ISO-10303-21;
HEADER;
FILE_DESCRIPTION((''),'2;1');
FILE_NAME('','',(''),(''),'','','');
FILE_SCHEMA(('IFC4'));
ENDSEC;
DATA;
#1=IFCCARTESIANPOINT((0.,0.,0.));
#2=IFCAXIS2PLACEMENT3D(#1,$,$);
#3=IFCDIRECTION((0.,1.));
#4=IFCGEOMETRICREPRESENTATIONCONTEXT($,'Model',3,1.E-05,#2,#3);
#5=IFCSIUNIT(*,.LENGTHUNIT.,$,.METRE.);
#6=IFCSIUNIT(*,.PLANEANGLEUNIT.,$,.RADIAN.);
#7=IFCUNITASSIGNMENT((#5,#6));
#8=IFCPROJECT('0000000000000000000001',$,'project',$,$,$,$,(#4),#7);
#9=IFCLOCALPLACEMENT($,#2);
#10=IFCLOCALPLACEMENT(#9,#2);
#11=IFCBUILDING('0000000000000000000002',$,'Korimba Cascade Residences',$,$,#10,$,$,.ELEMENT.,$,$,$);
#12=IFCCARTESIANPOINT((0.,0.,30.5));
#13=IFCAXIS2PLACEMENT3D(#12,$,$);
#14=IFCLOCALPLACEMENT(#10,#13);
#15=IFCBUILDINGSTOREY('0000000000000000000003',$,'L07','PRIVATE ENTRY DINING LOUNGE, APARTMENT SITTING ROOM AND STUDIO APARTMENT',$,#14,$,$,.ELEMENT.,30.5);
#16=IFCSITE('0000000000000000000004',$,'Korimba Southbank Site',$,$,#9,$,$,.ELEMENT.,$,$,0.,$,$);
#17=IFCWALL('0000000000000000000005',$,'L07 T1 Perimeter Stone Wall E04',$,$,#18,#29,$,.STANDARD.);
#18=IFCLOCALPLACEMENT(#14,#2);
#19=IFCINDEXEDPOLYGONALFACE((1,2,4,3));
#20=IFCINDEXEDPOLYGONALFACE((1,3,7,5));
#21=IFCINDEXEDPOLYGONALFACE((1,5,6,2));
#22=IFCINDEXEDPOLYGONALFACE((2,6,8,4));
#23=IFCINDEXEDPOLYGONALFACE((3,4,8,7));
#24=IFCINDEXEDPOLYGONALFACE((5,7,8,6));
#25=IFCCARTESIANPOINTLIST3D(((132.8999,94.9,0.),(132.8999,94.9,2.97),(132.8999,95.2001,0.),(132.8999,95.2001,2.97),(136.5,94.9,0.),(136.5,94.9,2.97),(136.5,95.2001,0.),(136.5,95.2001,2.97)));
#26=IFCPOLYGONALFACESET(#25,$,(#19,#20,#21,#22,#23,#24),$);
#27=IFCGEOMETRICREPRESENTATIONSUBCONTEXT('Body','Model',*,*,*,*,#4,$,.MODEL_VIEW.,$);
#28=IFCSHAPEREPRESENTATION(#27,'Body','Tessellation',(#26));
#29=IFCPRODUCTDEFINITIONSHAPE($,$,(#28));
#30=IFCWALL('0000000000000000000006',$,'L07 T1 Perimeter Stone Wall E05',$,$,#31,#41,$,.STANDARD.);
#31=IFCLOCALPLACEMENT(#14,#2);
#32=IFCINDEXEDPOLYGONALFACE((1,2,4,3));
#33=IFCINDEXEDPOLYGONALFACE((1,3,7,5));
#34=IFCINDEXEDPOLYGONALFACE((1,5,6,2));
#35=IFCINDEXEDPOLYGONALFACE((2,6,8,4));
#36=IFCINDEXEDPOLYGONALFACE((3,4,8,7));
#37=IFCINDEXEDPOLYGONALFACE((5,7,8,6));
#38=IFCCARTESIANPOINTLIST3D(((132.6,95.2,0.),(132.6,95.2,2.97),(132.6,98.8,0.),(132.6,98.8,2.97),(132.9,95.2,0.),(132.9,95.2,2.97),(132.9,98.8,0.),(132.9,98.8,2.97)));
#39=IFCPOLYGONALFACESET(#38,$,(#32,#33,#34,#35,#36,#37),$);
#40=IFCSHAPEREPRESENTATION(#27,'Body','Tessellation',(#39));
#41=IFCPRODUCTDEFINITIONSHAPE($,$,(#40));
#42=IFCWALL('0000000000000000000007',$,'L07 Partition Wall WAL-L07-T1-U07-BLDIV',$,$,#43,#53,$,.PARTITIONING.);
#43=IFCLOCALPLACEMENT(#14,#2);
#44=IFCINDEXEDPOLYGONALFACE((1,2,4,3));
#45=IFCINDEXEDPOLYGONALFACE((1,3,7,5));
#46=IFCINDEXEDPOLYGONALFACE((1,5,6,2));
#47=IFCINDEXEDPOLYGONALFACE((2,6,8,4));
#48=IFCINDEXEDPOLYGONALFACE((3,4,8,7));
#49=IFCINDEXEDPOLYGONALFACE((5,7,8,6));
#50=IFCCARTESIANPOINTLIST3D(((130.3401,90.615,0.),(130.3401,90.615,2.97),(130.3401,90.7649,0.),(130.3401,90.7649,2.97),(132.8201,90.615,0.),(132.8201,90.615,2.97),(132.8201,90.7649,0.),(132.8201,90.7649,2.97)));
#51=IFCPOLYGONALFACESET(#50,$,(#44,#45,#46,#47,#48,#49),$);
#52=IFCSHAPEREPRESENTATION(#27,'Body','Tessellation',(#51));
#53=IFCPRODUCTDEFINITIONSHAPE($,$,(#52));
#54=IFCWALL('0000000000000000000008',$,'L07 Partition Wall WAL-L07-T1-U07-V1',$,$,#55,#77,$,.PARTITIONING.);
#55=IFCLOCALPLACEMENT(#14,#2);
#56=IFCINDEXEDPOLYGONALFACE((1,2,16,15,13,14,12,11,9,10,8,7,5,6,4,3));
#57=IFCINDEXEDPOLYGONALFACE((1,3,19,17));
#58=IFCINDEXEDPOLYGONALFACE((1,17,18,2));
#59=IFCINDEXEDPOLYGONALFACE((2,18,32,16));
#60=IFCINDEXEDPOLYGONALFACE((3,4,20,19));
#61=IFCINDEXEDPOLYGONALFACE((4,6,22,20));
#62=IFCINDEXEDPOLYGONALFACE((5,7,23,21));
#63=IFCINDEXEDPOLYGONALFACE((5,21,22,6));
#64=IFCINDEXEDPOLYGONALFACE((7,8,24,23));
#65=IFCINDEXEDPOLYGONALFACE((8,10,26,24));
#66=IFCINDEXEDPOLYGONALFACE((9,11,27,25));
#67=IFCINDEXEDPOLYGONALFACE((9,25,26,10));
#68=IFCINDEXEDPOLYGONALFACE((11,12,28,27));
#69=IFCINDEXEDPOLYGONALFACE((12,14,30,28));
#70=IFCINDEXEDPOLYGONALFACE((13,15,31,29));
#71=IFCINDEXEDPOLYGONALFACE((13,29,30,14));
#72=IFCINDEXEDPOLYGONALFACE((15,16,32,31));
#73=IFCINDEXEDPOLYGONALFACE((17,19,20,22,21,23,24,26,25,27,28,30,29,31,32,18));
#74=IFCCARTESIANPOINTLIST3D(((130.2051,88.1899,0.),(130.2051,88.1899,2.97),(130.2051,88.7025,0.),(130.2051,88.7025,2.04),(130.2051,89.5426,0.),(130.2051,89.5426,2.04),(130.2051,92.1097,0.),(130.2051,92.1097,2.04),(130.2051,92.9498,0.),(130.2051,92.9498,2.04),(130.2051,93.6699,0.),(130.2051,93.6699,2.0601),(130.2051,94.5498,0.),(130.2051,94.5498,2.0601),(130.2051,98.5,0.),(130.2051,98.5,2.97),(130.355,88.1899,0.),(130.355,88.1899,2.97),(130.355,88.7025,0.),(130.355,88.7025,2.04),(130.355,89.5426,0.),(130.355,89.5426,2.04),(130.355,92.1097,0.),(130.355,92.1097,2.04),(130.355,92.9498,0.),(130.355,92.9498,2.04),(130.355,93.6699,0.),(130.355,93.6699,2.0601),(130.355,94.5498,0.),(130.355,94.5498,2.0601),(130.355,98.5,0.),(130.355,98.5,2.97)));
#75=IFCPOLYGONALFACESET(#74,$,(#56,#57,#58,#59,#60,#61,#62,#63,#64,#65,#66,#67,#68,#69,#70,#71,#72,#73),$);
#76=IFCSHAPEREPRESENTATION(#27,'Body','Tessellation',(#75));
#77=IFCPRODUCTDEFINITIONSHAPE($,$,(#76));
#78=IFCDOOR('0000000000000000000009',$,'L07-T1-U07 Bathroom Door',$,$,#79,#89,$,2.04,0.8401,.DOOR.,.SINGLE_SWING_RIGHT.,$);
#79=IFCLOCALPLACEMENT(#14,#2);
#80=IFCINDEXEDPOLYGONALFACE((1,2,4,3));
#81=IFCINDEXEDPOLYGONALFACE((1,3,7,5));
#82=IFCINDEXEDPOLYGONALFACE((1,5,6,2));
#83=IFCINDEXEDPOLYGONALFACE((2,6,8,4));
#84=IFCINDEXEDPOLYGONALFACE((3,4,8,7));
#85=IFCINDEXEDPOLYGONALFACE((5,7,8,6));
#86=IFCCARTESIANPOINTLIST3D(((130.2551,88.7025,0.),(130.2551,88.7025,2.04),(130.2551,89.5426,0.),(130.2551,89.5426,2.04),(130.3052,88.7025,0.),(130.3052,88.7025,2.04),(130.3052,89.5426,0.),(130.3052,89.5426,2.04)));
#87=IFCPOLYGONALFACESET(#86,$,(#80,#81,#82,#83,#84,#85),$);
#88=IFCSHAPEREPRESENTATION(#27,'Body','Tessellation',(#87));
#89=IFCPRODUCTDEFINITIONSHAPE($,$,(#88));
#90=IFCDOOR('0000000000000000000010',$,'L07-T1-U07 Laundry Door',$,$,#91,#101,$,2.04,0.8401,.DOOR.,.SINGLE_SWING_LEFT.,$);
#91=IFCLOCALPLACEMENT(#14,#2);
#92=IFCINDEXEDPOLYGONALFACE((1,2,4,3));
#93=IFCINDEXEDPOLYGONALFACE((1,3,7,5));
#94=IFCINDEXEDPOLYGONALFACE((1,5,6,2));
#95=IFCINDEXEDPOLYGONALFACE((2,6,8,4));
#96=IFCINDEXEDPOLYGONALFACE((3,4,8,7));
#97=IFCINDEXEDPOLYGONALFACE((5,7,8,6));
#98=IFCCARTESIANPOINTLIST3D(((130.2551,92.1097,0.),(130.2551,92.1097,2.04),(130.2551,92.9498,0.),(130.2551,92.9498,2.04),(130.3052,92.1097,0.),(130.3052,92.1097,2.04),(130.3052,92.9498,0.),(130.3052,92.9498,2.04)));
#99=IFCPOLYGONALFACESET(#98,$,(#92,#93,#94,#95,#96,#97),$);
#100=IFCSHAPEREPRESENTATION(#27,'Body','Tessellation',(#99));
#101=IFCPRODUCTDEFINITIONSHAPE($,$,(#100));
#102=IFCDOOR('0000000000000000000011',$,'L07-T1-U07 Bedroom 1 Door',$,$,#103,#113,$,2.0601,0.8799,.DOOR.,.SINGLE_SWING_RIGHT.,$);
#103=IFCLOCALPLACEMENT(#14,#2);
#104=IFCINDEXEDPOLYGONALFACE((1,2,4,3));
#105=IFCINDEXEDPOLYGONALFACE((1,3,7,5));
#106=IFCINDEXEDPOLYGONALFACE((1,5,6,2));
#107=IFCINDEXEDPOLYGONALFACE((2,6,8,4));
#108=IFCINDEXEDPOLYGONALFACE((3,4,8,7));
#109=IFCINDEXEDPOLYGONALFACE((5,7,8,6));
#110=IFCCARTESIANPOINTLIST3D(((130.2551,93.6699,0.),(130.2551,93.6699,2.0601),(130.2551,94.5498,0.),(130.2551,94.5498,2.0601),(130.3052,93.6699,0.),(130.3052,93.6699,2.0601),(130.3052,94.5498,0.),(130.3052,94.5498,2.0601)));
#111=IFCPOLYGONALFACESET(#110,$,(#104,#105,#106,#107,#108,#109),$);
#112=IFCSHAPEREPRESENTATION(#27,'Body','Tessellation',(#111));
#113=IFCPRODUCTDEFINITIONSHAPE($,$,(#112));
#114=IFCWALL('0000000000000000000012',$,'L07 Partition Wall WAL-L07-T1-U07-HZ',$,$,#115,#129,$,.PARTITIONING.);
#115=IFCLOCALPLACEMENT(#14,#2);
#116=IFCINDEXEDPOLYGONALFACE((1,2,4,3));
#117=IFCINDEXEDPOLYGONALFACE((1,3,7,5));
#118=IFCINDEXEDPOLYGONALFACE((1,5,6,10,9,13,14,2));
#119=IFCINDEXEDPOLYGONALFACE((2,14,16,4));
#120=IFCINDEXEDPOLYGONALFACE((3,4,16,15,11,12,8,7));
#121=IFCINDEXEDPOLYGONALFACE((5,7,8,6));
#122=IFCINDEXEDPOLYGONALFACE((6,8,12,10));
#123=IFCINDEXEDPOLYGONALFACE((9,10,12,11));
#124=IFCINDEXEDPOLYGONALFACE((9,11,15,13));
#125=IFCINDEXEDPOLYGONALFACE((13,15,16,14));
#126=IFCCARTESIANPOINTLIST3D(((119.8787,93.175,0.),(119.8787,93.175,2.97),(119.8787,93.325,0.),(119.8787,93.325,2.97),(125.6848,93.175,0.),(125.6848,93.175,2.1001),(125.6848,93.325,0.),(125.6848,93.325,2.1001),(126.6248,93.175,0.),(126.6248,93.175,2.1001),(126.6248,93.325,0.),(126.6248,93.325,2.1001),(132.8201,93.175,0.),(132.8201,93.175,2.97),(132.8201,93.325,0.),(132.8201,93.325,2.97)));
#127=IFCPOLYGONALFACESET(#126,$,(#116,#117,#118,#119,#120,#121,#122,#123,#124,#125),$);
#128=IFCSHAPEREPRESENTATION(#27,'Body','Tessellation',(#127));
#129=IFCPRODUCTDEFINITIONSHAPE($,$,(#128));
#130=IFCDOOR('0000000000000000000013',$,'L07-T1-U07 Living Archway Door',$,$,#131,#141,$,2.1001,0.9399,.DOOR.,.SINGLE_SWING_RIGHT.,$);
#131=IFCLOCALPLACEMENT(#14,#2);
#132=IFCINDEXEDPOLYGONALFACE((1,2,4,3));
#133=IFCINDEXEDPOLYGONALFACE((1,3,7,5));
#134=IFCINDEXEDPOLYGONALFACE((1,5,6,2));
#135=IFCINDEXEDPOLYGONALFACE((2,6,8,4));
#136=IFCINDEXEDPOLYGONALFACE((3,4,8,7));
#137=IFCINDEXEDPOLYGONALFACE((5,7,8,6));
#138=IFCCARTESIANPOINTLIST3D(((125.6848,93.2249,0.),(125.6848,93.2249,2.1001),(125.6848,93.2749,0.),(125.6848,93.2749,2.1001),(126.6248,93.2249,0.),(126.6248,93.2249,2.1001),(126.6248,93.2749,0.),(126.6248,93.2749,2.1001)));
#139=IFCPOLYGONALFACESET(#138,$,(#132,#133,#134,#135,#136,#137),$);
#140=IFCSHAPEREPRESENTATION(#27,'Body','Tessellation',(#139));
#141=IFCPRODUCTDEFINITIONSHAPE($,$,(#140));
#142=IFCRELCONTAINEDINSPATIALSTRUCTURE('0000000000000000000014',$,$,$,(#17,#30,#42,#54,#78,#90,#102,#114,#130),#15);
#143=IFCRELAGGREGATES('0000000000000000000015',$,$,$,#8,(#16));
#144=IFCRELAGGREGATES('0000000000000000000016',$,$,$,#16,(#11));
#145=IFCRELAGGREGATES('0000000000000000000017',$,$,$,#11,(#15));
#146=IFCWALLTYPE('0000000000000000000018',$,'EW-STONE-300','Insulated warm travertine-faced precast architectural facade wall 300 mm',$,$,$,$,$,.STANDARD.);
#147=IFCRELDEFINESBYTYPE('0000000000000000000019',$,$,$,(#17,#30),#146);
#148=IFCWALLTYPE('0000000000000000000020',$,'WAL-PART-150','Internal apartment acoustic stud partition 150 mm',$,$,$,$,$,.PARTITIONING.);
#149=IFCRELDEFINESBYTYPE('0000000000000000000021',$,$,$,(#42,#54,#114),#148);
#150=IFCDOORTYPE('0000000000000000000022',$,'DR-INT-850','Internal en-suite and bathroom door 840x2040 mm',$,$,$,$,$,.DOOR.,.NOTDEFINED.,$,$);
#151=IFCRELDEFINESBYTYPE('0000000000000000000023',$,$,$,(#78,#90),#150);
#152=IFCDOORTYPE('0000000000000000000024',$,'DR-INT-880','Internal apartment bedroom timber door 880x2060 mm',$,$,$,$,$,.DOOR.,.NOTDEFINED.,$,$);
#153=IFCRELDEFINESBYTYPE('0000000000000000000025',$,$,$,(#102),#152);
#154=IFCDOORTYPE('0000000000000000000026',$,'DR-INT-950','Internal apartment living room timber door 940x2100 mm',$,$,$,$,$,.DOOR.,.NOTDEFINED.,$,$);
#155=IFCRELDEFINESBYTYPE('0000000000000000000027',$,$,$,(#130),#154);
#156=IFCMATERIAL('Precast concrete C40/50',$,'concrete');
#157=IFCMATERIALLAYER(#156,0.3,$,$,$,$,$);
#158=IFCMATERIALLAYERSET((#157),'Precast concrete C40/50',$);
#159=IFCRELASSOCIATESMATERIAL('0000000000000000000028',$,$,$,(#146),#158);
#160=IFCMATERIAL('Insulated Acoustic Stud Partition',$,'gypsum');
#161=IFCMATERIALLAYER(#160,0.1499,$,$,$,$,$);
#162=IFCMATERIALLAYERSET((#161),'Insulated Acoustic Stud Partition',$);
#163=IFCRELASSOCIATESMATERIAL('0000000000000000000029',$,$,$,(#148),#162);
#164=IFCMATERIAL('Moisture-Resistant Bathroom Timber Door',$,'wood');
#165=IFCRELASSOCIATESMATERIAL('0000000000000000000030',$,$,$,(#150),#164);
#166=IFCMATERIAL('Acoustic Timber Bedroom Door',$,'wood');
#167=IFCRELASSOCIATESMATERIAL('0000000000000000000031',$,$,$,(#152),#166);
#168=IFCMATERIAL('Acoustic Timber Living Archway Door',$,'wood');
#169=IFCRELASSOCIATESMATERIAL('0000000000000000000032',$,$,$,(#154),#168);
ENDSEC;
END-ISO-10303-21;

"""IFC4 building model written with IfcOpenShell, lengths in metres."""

from ifc_helpers import new_model, si_unit, direction, frame, frame_2d, origin, place, context, subcontext, project, spatial, rectangle, extrude, material, layer, layer_set, type_object, element, fill, save


model = new_model("IFC4")

# Units and contexts
model_context = context("Model", 3, precision=1e-05, world=origin(), true_north=direction((0.0, 1.0)))
body_context = subcontext(model_context, "Body", "Model", "MODEL_VIEW")
ifc_project = project(units=[si_unit("LENGTHUNIT", "METRE"), si_unit("PLANEANGLEUNIT", "RADIAN")], contexts=[model_context])

# Site, building, storey
site_placement = place(None, origin())
site = spatial("IfcSite", under=ifc_project, at=site_placement, Name="Korimba Southbank Site", CompositionType="ELEMENT", RefElevation=0.0)
building_placement = place(site_placement, origin())
building = spatial("IfcBuilding", under=site, at=building_placement, Name="Korimba Cascade Residences", CompositionType="ELEMENT")
storey_placement = place(building_placement, frame((0.0, 0.0, 30.5)))
storey = spatial("IfcBuildingStorey", under=building, at=storey_placement, Name="L07", Description="PRIVATE ENTRY DINING LOUNGE, APARTMENT SITTING ROOM AND STUDIO APARTMENT", CompositionType="ELEMENT", Elevation=30.5)

# Shared definitions
ifc_material_1 = material(Name="Precast concrete C40/50", Category="concrete")

# Walls
ifc_layer_1 = layer(ifc_material_1, 0.3)
ifc_layer_set_1 = layer_set([ifc_layer_1], Name="Precast concrete C40/50")
wall_type_1 = type_object("IfcWallType", Name="EW-STONE-300", Description="Insulated warm travertine-faced precast architectural facade wall 300 mm", PredefinedType="STANDARD", material=ifc_layer_set_1)
for number, where, z_axis, x_axis, name in (
    (1, (136.5, 95.05, 0.0), (0.0, 0.0, 1.0), (-1.0, 0.0, 0.0), "L07 T1 Perimeter Stone Wall E04"),
    (2, (132.75, 95.2, 0.0), (0.0, 0.0, 1.0), (0.0, 1.0, 0.0), "L07 T1 Perimeter Stone Wall E05"),
):
    element("IfcWall", number, at=place(storey_placement, frame(where, z_axis=z_axis, x_axis=x_axis)), inside=storey, type_object=wall_type_1, Name=name, PredefinedType="STANDARD", context=body_context, shape_type="SweptSolid", body=[
        extrude(rectangle(XDim=3.6001, YDim=0.3, at=frame_2d((1.8, 0.0))), origin(), (0.0, 0.0, 1.0), 2.97),
    ])
ifc_material_2 = material(Name="Insulated Acoustic Stud Partition", Category="gypsum")
ifc_layer_2 = layer(ifc_material_2, 0.1499)
ifc_layer_set_2 = layer_set([ifc_layer_2], Name="Insulated Acoustic Stud Partition")
wall_type_2 = type_object("IfcWallType", Name="WAL-PART-150", Description="Internal apartment acoustic stud partition 150 mm", PredefinedType="PARTITIONING", material=ifc_layer_set_2)
wall_1_placement = place(storey_placement, frame((130.3401, 90.6899, 0.0), z_axis=(0.0, 0.0, 1.0), x_axis=(1.0, 0.0, 0.0)))
element("IfcWall", 3, at=wall_1_placement, inside=storey, type_object=wall_type_2, Name="L07 Partition Wall WAL-L07-T1-U07-BLDIV", PredefinedType="PARTITIONING", context=body_context, shape_type="SweptSolid", body=[
    extrude(rectangle(XDim=2.48, YDim=0.1499, at=frame_2d((1.24, 0.0))), origin(), (0.0, 0.0, 1.0), 2.97),
])

# Wall, openings, doors
wall_2_placement = place(storey_placement, frame((130.28, 88.1899, 0.0), z_axis=(0.0, 0.0, 1.0), x_axis=(0.0, 1.0, 0.0)))
wall_2 = element("IfcWall", 4, at=wall_2_placement, inside=storey, type_object=wall_type_2, Name="L07 Partition Wall WAL-L07-T1-U07-V1", PredefinedType="PARTITIONING", context=body_context, shape_type="SweptSolid", body=[
    extrude(rectangle(XDim=10.3101, YDim=0.1499, at=frame_2d((5.155, 0.0))), origin(), (0.0, 0.0, 1.0), 2.97),
])
opening_1_placement = place(wall_2_placement, frame((0.5127, 0.0, 0.0)))
opening_1 = element("IfcOpeningElement", 5, at=opening_1_placement, cuts=wall_2, PredefinedType="OPENING", context=body_context, shape_type="SweptSolid", body=[
    extrude(rectangle(XDim=0.8401, YDim=2.04, at=frame_2d((0.4199, 1.02))), frame((0.0, 0.085, 0.0), z_axis=(0.0, -1.0, 0.0), x_axis=(1.0, 0.0, 0.0)), (0.0, 0.0, 1.0), 0.1699),
])
opening_2_placement = place(wall_2_placement, frame((3.9199, 0.0, 0.0)))
opening_2 = element("IfcOpeningElement", 6, at=opening_2_placement, cuts=wall_2, PredefinedType="OPENING", context=body_context, shape_type="SweptSolid", body=[
    extrude(rectangle(XDim=0.8401, YDim=2.04, at=frame_2d((0.4199, 1.02))), frame((0.0, 0.085, 0.0), z_axis=(0.0, -1.0, 0.0), x_axis=(1.0, 0.0, 0.0)), (0.0, 0.0, 1.0), 0.1699),
])
opening_3_placement = place(wall_2_placement, frame((5.48, 0.0, 0.0)))
opening_3 = element("IfcOpeningElement", 7, at=opening_3_placement, cuts=wall_2, PredefinedType="OPENING", context=body_context, shape_type="SweptSolid", body=[
    extrude(rectangle(XDim=0.8799, YDim=2.0601, at=frame_2d((0.4399, 1.03))), frame((0.0, 0.085, 0.0), z_axis=(0.0, -1.0, 0.0), x_axis=(1.0, 0.0, 0.0)), (0.0, 0.0, 1.0), 0.1699),
])
ifc_material_3 = material(Name="Moisture-Resistant Bathroom Timber Door", Category="wood")
door_type_1 = type_object("IfcDoorType", Name="DR-INT-850", Description="Internal en-suite and bathroom door 840x2040 mm", OperationType="NOTDEFINED", PredefinedType="DOOR", material=ifc_material_3)
door_1_placement = place(opening_1_placement, origin())
door_1 = element("IfcDoor", 8, at=door_1_placement, inside=storey, type_object=door_type_1, Name="L07-T1-U07 Bathroom Door", OperationType="SINGLE_SWING_RIGHT", OverallHeight=2.04, OverallWidth=0.8401, PredefinedType="DOOR", context=body_context, shape_type="SweptSolid", body=[
    extrude(rectangle(XDim=0.8401, YDim=2.04, at=frame_2d((0.4199, 1.02))), frame((0.0, 0.0249, 0.0), z_axis=(0.0, -1.0, 0.0), x_axis=(1.0, 0.0, 0.0)), (0.0, 0.0, 1.0), 0.05),
])
fill(opening_1, door_1)
door_2_placement = place(opening_2_placement, origin())
door_2 = element("IfcDoor", 9, at=door_2_placement, inside=storey, type_object=door_type_1, Name="L07-T1-U07 Laundry Door", OperationType="SINGLE_SWING_LEFT", OverallHeight=2.04, OverallWidth=0.8401, PredefinedType="DOOR", context=body_context, shape_type="SweptSolid", body=[
    extrude(rectangle(XDim=0.8401, YDim=2.04, at=frame_2d((0.4199, 1.02))), frame((0.0, 0.0249, 0.0), z_axis=(0.0, -1.0, 0.0), x_axis=(1.0, 0.0, 0.0)), (0.0, 0.0, 1.0), 0.05),
])
fill(opening_2, door_2)
ifc_material_4 = material(Name="Acoustic Timber Bedroom Door", Category="wood")
door_type_2 = type_object("IfcDoorType", Name="DR-INT-880", Description="Internal apartment bedroom timber door 880x2060 mm", OperationType="NOTDEFINED", PredefinedType="DOOR", material=ifc_material_4)
door_3_placement = place(opening_3_placement, origin())
door_3 = element("IfcDoor", 10, at=door_3_placement, inside=storey, type_object=door_type_2, Name="L07-T1-U07 Bedroom 1 Door", OperationType="SINGLE_SWING_RIGHT", OverallHeight=2.0601, OverallWidth=0.8799, PredefinedType="DOOR", context=body_context, shape_type="SweptSolid", body=[
    extrude(rectangle(XDim=0.8799, YDim=2.0601, at=frame_2d((0.4399, 1.03))), frame((0.0, 0.0249, 0.0), z_axis=(0.0, -1.0, 0.0), x_axis=(1.0, 0.0, 0.0)), (0.0, 0.0, 1.0), 0.05),
])
fill(opening_3, door_3)

# Wall, opening, door
wall_3_placement = place(storey_placement, frame((119.8787, 93.25, 0.0), z_axis=(0.0, 0.0, 1.0), x_axis=(1.0, 0.0, 0.0)))
wall_3 = element("IfcWall", 11, at=wall_3_placement, inside=storey, type_object=wall_type_2, Name="L07 Partition Wall WAL-L07-T1-U07-HZ", PredefinedType="PARTITIONING", context=body_context, shape_type="SweptSolid", body=[
    extrude(rectangle(XDim=12.9414, YDim=0.1499, at=frame_2d((6.4707, 0.0))), origin(), (0.0, 0.0, 1.0), 2.97),
])
opening_4_placement = place(wall_3_placement, frame((5.8062, 0.0, 0.0)))
opening_4 = element("IfcOpeningElement", 12, at=opening_4_placement, cuts=wall_3, PredefinedType="OPENING", context=body_context, shape_type="SweptSolid", body=[
    extrude(rectangle(XDim=0.9399, YDim=2.1001, at=frame_2d((0.47, 1.05))), frame((0.0, 0.085, 0.0), z_axis=(0.0, -1.0, 0.0), x_axis=(1.0, 0.0, 0.0)), (0.0, 0.0, 1.0), 0.1699),
])
ifc_material_5 = material(Name="Acoustic Timber Living Archway Door", Category="wood")
door_type_3 = type_object("IfcDoorType", Name="DR-INT-950", Description="Internal apartment living room timber door 940x2100 mm", OperationType="NOTDEFINED", PredefinedType="DOOR", material=ifc_material_5)
door_4_placement = place(opening_4_placement, origin())
door_4 = element("IfcDoor", 13, at=door_4_placement, inside=storey, type_object=door_type_3, Name="L07-T1-U07 Living Archway Door", OperationType="SINGLE_SWING_RIGHT", OverallHeight=2.1001, OverallWidth=0.9399, PredefinedType="DOOR", context=body_context, shape_type="SweptSolid", body=[
    extrude(rectangle(XDim=0.9399, YDim=2.1001, at=frame_2d((0.47, 1.05))), frame((0.0, 0.0249, 0.0), z_axis=(0.0, -1.0, 0.0), x_axis=(1.0, 0.0, 0.0)), (0.0, 0.0, 1.0), 0.05),
])
fill(opening_4, door_4)

save(model, "model.ifc")
